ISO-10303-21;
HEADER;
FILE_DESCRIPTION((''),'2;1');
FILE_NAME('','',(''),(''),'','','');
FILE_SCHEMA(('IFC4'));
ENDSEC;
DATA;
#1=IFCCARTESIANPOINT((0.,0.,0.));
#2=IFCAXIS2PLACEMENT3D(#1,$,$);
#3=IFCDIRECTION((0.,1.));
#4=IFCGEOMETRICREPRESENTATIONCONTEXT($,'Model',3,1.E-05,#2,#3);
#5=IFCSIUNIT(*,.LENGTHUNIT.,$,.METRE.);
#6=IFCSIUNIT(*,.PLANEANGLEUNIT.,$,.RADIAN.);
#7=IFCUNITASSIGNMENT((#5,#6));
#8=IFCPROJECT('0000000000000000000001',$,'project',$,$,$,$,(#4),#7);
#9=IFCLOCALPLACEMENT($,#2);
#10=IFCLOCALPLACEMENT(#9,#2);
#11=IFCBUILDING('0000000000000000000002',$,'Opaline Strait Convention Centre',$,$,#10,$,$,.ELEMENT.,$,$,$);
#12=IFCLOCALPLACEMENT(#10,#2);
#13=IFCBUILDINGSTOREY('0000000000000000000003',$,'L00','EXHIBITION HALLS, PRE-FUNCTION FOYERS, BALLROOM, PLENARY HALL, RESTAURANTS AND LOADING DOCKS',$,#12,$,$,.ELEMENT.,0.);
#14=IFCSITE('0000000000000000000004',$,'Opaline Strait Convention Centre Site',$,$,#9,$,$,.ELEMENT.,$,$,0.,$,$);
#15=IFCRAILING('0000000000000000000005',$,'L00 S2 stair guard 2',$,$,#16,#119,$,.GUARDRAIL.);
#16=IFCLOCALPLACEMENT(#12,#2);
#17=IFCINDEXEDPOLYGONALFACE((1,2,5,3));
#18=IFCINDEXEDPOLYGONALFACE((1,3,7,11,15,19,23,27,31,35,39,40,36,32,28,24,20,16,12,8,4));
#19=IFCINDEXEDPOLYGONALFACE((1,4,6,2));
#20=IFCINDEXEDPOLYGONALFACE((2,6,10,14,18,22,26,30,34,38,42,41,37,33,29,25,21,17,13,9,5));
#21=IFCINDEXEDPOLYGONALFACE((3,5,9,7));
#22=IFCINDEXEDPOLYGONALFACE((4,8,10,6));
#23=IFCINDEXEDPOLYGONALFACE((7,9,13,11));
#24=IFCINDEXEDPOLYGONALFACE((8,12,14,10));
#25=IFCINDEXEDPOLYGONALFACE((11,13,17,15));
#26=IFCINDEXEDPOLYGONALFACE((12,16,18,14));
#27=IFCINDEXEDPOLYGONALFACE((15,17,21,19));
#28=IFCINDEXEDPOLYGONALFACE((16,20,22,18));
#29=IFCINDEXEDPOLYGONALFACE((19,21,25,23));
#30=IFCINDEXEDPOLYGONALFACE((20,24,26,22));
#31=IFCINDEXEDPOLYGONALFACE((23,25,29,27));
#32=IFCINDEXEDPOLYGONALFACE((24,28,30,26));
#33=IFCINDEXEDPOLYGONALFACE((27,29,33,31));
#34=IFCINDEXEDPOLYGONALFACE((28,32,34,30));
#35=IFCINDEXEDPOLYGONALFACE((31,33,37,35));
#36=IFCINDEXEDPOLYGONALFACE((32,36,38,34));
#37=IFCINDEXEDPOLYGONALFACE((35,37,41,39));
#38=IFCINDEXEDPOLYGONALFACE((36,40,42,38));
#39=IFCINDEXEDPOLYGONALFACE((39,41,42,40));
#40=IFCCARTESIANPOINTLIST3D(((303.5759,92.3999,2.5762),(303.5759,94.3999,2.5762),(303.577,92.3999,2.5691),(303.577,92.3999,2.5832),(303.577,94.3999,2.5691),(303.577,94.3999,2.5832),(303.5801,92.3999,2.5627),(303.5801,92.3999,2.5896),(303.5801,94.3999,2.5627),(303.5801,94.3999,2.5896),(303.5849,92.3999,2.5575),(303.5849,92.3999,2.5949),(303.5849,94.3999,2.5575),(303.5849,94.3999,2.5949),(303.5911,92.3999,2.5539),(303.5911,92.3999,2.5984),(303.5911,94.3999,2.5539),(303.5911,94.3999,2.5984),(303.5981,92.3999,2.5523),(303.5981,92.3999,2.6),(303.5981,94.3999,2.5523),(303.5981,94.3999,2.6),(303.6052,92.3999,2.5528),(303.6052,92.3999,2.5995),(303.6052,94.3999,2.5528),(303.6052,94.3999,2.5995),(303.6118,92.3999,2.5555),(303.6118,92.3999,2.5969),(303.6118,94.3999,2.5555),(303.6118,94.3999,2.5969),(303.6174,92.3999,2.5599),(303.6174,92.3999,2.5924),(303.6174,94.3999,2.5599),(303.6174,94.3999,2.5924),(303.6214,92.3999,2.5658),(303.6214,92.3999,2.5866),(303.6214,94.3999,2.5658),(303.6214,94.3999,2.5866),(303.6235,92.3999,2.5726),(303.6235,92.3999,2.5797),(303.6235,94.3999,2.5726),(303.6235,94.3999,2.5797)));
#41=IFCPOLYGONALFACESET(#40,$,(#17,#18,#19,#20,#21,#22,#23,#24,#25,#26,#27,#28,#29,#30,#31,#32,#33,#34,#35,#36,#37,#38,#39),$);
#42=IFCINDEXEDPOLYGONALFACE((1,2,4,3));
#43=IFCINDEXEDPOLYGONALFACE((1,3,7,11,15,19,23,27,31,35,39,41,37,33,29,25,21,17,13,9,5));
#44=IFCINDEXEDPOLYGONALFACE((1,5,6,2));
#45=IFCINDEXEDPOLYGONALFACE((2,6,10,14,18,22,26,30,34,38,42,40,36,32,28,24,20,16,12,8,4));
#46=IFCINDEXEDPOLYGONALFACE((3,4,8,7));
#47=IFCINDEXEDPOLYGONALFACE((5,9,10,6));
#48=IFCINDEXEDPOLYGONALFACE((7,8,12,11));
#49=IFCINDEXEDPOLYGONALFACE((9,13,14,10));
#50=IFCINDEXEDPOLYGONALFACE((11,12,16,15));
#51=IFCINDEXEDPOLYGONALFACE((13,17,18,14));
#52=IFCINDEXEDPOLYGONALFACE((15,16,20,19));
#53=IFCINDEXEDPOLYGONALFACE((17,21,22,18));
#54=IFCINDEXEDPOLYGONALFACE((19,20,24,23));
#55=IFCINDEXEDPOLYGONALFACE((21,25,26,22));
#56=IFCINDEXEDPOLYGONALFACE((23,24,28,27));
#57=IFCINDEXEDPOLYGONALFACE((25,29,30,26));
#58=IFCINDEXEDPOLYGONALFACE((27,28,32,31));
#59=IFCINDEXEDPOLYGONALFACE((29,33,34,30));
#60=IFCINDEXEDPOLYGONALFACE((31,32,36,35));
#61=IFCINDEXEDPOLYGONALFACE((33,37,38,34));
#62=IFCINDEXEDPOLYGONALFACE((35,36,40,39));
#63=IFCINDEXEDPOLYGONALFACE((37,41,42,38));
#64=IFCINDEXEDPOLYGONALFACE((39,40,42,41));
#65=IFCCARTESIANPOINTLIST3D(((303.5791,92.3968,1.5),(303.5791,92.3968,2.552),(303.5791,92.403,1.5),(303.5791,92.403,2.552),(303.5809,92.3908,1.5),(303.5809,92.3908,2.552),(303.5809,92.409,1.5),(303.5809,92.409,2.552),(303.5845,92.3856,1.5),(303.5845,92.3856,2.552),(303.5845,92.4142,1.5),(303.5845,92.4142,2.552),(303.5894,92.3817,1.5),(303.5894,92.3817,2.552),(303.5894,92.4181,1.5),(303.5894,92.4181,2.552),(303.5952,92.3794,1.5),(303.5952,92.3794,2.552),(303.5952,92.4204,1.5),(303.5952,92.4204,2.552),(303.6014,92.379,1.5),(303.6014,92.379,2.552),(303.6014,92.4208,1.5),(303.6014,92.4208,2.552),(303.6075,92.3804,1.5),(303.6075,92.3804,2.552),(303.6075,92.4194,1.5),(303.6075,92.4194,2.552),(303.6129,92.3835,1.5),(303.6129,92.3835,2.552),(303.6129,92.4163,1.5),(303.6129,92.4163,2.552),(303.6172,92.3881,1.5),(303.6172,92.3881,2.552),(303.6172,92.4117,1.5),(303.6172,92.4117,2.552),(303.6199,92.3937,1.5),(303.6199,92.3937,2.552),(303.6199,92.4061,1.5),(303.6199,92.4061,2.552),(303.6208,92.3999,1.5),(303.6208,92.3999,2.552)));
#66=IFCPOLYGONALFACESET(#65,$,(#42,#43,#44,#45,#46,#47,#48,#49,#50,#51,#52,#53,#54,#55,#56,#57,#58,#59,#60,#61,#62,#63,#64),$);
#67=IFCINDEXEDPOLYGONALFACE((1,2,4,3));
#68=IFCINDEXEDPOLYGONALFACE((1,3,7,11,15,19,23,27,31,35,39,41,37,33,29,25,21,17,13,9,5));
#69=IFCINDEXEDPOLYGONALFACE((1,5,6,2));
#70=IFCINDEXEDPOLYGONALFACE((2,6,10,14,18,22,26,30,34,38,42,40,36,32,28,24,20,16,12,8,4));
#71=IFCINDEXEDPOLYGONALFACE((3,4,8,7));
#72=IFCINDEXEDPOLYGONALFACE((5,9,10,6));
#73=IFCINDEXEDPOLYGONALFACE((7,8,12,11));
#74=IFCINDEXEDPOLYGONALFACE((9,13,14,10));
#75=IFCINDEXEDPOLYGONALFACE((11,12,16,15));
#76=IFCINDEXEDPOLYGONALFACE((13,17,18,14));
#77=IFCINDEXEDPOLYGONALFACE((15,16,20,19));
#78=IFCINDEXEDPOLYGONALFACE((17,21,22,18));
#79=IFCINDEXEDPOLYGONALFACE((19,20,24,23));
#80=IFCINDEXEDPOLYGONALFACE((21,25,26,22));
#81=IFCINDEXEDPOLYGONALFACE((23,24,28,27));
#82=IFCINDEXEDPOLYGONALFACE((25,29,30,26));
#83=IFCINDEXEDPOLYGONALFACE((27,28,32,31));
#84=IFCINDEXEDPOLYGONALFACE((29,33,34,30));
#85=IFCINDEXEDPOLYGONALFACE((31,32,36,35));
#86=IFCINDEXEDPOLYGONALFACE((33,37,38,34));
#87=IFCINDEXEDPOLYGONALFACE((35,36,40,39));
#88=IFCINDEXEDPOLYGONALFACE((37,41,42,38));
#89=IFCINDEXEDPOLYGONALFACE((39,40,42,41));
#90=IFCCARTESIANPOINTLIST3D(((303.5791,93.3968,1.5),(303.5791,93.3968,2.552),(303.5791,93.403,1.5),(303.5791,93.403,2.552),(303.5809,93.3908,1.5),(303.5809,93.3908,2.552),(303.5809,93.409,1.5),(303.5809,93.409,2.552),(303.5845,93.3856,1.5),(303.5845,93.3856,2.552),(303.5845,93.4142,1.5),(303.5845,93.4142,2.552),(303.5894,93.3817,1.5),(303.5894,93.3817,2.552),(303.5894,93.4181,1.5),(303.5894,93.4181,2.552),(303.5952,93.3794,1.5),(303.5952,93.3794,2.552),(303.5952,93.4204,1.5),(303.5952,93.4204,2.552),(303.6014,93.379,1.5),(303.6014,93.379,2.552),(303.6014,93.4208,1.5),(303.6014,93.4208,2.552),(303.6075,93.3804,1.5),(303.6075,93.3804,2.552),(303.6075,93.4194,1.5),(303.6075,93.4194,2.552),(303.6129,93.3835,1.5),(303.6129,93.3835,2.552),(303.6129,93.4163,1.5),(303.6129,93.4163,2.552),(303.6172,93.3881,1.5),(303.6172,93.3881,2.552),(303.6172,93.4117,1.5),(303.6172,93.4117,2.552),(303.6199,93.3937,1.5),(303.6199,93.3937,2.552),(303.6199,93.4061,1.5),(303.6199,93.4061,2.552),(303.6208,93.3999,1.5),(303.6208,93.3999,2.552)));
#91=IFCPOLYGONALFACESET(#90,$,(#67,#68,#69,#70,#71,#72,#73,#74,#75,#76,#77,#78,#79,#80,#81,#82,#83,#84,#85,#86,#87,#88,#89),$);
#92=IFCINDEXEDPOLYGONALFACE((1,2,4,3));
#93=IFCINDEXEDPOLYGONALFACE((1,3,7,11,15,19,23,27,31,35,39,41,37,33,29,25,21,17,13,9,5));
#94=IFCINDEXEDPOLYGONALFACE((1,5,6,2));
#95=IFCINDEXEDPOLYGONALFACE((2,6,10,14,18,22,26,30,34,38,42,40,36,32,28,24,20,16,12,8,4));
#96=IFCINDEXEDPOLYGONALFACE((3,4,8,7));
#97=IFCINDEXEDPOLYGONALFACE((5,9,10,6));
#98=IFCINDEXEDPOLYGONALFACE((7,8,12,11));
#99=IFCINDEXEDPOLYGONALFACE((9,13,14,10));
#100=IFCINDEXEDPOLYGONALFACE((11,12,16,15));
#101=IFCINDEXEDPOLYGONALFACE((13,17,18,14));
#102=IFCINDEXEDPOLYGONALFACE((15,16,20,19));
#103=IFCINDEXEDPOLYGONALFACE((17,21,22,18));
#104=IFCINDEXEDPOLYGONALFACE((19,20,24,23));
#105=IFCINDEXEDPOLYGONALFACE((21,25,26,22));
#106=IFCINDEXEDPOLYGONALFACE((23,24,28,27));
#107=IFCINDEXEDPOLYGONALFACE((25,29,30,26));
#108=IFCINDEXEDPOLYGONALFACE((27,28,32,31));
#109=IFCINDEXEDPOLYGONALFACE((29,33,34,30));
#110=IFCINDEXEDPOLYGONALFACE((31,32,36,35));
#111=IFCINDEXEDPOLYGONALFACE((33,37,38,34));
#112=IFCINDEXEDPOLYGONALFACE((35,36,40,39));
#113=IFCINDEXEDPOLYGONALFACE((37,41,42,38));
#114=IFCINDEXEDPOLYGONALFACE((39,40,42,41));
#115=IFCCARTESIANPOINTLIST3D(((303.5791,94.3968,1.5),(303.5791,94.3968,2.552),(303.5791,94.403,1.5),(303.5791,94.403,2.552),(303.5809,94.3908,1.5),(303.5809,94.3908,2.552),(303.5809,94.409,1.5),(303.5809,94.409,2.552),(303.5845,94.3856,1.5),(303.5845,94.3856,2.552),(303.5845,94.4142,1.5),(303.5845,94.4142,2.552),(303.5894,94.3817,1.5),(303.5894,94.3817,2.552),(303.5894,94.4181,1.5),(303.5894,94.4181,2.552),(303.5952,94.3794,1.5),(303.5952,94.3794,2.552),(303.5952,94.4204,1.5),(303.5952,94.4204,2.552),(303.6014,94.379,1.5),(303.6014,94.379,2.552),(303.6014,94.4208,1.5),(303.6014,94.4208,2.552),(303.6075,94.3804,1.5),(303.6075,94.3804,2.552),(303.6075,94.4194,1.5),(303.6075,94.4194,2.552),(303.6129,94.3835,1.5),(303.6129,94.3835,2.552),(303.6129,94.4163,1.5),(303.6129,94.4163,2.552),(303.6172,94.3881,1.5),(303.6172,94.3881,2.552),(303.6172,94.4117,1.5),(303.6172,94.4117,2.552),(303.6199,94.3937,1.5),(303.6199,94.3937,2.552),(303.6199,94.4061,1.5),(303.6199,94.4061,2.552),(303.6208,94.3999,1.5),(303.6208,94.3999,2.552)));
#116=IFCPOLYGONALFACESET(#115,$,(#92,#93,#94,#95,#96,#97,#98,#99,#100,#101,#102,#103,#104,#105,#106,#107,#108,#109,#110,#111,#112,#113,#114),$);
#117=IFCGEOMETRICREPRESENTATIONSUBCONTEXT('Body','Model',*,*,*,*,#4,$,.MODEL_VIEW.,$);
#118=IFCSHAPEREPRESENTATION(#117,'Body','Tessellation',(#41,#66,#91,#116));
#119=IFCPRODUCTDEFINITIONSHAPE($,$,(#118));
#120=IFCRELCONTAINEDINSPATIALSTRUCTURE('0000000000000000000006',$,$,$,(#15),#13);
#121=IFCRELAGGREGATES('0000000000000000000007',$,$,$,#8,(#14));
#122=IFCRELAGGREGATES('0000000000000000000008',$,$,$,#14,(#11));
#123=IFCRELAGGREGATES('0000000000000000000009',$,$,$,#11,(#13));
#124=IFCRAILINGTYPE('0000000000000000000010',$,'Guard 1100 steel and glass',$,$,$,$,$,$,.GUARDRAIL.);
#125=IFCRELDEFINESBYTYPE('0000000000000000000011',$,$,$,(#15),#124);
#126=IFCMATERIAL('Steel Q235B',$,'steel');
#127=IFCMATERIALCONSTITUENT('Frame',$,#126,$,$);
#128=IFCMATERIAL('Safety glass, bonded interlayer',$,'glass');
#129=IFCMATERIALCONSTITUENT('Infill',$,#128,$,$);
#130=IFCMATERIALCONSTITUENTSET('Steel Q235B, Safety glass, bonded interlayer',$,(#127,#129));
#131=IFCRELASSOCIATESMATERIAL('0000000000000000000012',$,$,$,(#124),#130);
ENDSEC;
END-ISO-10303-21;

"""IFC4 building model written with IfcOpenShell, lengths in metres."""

from ifc_helpers import new_model, si_unit, direction, frame, origin, origin_2d, place, context, subcontext, project, spatial, circle, extrude, material, constituent, constituent_set, type_object, element, save


model = new_model("IFC4")

# Units and contexts
model_context = context("Model", 3, precision=1e-05, world=origin(), true_north=direction((0.0, 1.0)))
body_context = subcontext(model_context, "Body", "Model", "MODEL_VIEW")
ifc_project = project(units=[si_unit("LENGTHUNIT", "METRE"), si_unit("PLANEANGLEUNIT", "RADIAN")], contexts=[model_context])

# Site, building, storey
site_placement = place(None, origin())
site = spatial("IfcSite", under=ifc_project, at=site_placement, Name="Opaline Strait Convention Centre Site", CompositionType="ELEMENT", RefElevation=0.0)
building_placement = place(site_placement, origin())
building = spatial("IfcBuilding", under=site, at=building_placement, Name="Opaline Strait Convention Centre", CompositionType="ELEMENT")
storey_placement = place(building_placement, origin())
storey = spatial("IfcBuildingStorey", under=building, at=storey_placement, Name="L00", Description="EXHIBITION HALLS, PRE-FUNCTION FOYERS, BALLROOM, PLENARY HALL, RESTAURANTS AND LOADING DOCKS", CompositionType="ELEMENT", Elevation=0.0)

# Railing
ifc_material_1 = material(Name="Steel Q235B", Category="steel")
ifc_constituent_1 = constituent(ifc_material_1, Name="Frame")
ifc_material_2 = material(Name="Safety glass, bonded interlayer", Category="glass")
ifc_constituent_2 = constituent(ifc_material_2, Name="Infill")
ifc_constituent_set = constituent_set(constituents=[ifc_constituent_1, ifc_constituent_2], Name="Steel Q235B, Safety glass, bonded interlayer")
railing_type_1 = type_object("IfcRailingType", Name="Guard 1100 steel and glass", PredefinedType="GUARDRAIL", material=ifc_constituent_set)
railing_1_placement = place(storey_placement, frame((303.5999, 92.3999, 1.5)))
element("IfcRailing", 1, at=railing_1_placement, inside=storey, type_object=railing_type_1, Name="L00 S2 stair guard 2", PredefinedType="GUARDRAIL", context=body_context, shape_type="SweptSolid", body=[
    extrude(circle(Radius=0.0239, at=origin_2d()), frame((0.0, 0.0, 1.0762), z_axis=(0.0, 1.0, 0.0), x_axis=(-1.0, 0.0, 0.0)), (0.0, 0.0, 1.0), 2.0),
    extrude(circle(Radius=0.021, at=origin_2d()), origin(), (0.0, 0.0, 1.0), 1.052),
    extrude(circle(Radius=0.021, at=origin_2d()), frame((0.0, 1.0, 0.0)), (0.0, 0.0, 1.0), 1.052),
    extrude(circle(Radius=0.021, at=origin_2d()), frame((0.0, 2.0, 0.0)), (0.0, 0.0, 1.0), 1.052),
])

save(model, "model.ifc")
